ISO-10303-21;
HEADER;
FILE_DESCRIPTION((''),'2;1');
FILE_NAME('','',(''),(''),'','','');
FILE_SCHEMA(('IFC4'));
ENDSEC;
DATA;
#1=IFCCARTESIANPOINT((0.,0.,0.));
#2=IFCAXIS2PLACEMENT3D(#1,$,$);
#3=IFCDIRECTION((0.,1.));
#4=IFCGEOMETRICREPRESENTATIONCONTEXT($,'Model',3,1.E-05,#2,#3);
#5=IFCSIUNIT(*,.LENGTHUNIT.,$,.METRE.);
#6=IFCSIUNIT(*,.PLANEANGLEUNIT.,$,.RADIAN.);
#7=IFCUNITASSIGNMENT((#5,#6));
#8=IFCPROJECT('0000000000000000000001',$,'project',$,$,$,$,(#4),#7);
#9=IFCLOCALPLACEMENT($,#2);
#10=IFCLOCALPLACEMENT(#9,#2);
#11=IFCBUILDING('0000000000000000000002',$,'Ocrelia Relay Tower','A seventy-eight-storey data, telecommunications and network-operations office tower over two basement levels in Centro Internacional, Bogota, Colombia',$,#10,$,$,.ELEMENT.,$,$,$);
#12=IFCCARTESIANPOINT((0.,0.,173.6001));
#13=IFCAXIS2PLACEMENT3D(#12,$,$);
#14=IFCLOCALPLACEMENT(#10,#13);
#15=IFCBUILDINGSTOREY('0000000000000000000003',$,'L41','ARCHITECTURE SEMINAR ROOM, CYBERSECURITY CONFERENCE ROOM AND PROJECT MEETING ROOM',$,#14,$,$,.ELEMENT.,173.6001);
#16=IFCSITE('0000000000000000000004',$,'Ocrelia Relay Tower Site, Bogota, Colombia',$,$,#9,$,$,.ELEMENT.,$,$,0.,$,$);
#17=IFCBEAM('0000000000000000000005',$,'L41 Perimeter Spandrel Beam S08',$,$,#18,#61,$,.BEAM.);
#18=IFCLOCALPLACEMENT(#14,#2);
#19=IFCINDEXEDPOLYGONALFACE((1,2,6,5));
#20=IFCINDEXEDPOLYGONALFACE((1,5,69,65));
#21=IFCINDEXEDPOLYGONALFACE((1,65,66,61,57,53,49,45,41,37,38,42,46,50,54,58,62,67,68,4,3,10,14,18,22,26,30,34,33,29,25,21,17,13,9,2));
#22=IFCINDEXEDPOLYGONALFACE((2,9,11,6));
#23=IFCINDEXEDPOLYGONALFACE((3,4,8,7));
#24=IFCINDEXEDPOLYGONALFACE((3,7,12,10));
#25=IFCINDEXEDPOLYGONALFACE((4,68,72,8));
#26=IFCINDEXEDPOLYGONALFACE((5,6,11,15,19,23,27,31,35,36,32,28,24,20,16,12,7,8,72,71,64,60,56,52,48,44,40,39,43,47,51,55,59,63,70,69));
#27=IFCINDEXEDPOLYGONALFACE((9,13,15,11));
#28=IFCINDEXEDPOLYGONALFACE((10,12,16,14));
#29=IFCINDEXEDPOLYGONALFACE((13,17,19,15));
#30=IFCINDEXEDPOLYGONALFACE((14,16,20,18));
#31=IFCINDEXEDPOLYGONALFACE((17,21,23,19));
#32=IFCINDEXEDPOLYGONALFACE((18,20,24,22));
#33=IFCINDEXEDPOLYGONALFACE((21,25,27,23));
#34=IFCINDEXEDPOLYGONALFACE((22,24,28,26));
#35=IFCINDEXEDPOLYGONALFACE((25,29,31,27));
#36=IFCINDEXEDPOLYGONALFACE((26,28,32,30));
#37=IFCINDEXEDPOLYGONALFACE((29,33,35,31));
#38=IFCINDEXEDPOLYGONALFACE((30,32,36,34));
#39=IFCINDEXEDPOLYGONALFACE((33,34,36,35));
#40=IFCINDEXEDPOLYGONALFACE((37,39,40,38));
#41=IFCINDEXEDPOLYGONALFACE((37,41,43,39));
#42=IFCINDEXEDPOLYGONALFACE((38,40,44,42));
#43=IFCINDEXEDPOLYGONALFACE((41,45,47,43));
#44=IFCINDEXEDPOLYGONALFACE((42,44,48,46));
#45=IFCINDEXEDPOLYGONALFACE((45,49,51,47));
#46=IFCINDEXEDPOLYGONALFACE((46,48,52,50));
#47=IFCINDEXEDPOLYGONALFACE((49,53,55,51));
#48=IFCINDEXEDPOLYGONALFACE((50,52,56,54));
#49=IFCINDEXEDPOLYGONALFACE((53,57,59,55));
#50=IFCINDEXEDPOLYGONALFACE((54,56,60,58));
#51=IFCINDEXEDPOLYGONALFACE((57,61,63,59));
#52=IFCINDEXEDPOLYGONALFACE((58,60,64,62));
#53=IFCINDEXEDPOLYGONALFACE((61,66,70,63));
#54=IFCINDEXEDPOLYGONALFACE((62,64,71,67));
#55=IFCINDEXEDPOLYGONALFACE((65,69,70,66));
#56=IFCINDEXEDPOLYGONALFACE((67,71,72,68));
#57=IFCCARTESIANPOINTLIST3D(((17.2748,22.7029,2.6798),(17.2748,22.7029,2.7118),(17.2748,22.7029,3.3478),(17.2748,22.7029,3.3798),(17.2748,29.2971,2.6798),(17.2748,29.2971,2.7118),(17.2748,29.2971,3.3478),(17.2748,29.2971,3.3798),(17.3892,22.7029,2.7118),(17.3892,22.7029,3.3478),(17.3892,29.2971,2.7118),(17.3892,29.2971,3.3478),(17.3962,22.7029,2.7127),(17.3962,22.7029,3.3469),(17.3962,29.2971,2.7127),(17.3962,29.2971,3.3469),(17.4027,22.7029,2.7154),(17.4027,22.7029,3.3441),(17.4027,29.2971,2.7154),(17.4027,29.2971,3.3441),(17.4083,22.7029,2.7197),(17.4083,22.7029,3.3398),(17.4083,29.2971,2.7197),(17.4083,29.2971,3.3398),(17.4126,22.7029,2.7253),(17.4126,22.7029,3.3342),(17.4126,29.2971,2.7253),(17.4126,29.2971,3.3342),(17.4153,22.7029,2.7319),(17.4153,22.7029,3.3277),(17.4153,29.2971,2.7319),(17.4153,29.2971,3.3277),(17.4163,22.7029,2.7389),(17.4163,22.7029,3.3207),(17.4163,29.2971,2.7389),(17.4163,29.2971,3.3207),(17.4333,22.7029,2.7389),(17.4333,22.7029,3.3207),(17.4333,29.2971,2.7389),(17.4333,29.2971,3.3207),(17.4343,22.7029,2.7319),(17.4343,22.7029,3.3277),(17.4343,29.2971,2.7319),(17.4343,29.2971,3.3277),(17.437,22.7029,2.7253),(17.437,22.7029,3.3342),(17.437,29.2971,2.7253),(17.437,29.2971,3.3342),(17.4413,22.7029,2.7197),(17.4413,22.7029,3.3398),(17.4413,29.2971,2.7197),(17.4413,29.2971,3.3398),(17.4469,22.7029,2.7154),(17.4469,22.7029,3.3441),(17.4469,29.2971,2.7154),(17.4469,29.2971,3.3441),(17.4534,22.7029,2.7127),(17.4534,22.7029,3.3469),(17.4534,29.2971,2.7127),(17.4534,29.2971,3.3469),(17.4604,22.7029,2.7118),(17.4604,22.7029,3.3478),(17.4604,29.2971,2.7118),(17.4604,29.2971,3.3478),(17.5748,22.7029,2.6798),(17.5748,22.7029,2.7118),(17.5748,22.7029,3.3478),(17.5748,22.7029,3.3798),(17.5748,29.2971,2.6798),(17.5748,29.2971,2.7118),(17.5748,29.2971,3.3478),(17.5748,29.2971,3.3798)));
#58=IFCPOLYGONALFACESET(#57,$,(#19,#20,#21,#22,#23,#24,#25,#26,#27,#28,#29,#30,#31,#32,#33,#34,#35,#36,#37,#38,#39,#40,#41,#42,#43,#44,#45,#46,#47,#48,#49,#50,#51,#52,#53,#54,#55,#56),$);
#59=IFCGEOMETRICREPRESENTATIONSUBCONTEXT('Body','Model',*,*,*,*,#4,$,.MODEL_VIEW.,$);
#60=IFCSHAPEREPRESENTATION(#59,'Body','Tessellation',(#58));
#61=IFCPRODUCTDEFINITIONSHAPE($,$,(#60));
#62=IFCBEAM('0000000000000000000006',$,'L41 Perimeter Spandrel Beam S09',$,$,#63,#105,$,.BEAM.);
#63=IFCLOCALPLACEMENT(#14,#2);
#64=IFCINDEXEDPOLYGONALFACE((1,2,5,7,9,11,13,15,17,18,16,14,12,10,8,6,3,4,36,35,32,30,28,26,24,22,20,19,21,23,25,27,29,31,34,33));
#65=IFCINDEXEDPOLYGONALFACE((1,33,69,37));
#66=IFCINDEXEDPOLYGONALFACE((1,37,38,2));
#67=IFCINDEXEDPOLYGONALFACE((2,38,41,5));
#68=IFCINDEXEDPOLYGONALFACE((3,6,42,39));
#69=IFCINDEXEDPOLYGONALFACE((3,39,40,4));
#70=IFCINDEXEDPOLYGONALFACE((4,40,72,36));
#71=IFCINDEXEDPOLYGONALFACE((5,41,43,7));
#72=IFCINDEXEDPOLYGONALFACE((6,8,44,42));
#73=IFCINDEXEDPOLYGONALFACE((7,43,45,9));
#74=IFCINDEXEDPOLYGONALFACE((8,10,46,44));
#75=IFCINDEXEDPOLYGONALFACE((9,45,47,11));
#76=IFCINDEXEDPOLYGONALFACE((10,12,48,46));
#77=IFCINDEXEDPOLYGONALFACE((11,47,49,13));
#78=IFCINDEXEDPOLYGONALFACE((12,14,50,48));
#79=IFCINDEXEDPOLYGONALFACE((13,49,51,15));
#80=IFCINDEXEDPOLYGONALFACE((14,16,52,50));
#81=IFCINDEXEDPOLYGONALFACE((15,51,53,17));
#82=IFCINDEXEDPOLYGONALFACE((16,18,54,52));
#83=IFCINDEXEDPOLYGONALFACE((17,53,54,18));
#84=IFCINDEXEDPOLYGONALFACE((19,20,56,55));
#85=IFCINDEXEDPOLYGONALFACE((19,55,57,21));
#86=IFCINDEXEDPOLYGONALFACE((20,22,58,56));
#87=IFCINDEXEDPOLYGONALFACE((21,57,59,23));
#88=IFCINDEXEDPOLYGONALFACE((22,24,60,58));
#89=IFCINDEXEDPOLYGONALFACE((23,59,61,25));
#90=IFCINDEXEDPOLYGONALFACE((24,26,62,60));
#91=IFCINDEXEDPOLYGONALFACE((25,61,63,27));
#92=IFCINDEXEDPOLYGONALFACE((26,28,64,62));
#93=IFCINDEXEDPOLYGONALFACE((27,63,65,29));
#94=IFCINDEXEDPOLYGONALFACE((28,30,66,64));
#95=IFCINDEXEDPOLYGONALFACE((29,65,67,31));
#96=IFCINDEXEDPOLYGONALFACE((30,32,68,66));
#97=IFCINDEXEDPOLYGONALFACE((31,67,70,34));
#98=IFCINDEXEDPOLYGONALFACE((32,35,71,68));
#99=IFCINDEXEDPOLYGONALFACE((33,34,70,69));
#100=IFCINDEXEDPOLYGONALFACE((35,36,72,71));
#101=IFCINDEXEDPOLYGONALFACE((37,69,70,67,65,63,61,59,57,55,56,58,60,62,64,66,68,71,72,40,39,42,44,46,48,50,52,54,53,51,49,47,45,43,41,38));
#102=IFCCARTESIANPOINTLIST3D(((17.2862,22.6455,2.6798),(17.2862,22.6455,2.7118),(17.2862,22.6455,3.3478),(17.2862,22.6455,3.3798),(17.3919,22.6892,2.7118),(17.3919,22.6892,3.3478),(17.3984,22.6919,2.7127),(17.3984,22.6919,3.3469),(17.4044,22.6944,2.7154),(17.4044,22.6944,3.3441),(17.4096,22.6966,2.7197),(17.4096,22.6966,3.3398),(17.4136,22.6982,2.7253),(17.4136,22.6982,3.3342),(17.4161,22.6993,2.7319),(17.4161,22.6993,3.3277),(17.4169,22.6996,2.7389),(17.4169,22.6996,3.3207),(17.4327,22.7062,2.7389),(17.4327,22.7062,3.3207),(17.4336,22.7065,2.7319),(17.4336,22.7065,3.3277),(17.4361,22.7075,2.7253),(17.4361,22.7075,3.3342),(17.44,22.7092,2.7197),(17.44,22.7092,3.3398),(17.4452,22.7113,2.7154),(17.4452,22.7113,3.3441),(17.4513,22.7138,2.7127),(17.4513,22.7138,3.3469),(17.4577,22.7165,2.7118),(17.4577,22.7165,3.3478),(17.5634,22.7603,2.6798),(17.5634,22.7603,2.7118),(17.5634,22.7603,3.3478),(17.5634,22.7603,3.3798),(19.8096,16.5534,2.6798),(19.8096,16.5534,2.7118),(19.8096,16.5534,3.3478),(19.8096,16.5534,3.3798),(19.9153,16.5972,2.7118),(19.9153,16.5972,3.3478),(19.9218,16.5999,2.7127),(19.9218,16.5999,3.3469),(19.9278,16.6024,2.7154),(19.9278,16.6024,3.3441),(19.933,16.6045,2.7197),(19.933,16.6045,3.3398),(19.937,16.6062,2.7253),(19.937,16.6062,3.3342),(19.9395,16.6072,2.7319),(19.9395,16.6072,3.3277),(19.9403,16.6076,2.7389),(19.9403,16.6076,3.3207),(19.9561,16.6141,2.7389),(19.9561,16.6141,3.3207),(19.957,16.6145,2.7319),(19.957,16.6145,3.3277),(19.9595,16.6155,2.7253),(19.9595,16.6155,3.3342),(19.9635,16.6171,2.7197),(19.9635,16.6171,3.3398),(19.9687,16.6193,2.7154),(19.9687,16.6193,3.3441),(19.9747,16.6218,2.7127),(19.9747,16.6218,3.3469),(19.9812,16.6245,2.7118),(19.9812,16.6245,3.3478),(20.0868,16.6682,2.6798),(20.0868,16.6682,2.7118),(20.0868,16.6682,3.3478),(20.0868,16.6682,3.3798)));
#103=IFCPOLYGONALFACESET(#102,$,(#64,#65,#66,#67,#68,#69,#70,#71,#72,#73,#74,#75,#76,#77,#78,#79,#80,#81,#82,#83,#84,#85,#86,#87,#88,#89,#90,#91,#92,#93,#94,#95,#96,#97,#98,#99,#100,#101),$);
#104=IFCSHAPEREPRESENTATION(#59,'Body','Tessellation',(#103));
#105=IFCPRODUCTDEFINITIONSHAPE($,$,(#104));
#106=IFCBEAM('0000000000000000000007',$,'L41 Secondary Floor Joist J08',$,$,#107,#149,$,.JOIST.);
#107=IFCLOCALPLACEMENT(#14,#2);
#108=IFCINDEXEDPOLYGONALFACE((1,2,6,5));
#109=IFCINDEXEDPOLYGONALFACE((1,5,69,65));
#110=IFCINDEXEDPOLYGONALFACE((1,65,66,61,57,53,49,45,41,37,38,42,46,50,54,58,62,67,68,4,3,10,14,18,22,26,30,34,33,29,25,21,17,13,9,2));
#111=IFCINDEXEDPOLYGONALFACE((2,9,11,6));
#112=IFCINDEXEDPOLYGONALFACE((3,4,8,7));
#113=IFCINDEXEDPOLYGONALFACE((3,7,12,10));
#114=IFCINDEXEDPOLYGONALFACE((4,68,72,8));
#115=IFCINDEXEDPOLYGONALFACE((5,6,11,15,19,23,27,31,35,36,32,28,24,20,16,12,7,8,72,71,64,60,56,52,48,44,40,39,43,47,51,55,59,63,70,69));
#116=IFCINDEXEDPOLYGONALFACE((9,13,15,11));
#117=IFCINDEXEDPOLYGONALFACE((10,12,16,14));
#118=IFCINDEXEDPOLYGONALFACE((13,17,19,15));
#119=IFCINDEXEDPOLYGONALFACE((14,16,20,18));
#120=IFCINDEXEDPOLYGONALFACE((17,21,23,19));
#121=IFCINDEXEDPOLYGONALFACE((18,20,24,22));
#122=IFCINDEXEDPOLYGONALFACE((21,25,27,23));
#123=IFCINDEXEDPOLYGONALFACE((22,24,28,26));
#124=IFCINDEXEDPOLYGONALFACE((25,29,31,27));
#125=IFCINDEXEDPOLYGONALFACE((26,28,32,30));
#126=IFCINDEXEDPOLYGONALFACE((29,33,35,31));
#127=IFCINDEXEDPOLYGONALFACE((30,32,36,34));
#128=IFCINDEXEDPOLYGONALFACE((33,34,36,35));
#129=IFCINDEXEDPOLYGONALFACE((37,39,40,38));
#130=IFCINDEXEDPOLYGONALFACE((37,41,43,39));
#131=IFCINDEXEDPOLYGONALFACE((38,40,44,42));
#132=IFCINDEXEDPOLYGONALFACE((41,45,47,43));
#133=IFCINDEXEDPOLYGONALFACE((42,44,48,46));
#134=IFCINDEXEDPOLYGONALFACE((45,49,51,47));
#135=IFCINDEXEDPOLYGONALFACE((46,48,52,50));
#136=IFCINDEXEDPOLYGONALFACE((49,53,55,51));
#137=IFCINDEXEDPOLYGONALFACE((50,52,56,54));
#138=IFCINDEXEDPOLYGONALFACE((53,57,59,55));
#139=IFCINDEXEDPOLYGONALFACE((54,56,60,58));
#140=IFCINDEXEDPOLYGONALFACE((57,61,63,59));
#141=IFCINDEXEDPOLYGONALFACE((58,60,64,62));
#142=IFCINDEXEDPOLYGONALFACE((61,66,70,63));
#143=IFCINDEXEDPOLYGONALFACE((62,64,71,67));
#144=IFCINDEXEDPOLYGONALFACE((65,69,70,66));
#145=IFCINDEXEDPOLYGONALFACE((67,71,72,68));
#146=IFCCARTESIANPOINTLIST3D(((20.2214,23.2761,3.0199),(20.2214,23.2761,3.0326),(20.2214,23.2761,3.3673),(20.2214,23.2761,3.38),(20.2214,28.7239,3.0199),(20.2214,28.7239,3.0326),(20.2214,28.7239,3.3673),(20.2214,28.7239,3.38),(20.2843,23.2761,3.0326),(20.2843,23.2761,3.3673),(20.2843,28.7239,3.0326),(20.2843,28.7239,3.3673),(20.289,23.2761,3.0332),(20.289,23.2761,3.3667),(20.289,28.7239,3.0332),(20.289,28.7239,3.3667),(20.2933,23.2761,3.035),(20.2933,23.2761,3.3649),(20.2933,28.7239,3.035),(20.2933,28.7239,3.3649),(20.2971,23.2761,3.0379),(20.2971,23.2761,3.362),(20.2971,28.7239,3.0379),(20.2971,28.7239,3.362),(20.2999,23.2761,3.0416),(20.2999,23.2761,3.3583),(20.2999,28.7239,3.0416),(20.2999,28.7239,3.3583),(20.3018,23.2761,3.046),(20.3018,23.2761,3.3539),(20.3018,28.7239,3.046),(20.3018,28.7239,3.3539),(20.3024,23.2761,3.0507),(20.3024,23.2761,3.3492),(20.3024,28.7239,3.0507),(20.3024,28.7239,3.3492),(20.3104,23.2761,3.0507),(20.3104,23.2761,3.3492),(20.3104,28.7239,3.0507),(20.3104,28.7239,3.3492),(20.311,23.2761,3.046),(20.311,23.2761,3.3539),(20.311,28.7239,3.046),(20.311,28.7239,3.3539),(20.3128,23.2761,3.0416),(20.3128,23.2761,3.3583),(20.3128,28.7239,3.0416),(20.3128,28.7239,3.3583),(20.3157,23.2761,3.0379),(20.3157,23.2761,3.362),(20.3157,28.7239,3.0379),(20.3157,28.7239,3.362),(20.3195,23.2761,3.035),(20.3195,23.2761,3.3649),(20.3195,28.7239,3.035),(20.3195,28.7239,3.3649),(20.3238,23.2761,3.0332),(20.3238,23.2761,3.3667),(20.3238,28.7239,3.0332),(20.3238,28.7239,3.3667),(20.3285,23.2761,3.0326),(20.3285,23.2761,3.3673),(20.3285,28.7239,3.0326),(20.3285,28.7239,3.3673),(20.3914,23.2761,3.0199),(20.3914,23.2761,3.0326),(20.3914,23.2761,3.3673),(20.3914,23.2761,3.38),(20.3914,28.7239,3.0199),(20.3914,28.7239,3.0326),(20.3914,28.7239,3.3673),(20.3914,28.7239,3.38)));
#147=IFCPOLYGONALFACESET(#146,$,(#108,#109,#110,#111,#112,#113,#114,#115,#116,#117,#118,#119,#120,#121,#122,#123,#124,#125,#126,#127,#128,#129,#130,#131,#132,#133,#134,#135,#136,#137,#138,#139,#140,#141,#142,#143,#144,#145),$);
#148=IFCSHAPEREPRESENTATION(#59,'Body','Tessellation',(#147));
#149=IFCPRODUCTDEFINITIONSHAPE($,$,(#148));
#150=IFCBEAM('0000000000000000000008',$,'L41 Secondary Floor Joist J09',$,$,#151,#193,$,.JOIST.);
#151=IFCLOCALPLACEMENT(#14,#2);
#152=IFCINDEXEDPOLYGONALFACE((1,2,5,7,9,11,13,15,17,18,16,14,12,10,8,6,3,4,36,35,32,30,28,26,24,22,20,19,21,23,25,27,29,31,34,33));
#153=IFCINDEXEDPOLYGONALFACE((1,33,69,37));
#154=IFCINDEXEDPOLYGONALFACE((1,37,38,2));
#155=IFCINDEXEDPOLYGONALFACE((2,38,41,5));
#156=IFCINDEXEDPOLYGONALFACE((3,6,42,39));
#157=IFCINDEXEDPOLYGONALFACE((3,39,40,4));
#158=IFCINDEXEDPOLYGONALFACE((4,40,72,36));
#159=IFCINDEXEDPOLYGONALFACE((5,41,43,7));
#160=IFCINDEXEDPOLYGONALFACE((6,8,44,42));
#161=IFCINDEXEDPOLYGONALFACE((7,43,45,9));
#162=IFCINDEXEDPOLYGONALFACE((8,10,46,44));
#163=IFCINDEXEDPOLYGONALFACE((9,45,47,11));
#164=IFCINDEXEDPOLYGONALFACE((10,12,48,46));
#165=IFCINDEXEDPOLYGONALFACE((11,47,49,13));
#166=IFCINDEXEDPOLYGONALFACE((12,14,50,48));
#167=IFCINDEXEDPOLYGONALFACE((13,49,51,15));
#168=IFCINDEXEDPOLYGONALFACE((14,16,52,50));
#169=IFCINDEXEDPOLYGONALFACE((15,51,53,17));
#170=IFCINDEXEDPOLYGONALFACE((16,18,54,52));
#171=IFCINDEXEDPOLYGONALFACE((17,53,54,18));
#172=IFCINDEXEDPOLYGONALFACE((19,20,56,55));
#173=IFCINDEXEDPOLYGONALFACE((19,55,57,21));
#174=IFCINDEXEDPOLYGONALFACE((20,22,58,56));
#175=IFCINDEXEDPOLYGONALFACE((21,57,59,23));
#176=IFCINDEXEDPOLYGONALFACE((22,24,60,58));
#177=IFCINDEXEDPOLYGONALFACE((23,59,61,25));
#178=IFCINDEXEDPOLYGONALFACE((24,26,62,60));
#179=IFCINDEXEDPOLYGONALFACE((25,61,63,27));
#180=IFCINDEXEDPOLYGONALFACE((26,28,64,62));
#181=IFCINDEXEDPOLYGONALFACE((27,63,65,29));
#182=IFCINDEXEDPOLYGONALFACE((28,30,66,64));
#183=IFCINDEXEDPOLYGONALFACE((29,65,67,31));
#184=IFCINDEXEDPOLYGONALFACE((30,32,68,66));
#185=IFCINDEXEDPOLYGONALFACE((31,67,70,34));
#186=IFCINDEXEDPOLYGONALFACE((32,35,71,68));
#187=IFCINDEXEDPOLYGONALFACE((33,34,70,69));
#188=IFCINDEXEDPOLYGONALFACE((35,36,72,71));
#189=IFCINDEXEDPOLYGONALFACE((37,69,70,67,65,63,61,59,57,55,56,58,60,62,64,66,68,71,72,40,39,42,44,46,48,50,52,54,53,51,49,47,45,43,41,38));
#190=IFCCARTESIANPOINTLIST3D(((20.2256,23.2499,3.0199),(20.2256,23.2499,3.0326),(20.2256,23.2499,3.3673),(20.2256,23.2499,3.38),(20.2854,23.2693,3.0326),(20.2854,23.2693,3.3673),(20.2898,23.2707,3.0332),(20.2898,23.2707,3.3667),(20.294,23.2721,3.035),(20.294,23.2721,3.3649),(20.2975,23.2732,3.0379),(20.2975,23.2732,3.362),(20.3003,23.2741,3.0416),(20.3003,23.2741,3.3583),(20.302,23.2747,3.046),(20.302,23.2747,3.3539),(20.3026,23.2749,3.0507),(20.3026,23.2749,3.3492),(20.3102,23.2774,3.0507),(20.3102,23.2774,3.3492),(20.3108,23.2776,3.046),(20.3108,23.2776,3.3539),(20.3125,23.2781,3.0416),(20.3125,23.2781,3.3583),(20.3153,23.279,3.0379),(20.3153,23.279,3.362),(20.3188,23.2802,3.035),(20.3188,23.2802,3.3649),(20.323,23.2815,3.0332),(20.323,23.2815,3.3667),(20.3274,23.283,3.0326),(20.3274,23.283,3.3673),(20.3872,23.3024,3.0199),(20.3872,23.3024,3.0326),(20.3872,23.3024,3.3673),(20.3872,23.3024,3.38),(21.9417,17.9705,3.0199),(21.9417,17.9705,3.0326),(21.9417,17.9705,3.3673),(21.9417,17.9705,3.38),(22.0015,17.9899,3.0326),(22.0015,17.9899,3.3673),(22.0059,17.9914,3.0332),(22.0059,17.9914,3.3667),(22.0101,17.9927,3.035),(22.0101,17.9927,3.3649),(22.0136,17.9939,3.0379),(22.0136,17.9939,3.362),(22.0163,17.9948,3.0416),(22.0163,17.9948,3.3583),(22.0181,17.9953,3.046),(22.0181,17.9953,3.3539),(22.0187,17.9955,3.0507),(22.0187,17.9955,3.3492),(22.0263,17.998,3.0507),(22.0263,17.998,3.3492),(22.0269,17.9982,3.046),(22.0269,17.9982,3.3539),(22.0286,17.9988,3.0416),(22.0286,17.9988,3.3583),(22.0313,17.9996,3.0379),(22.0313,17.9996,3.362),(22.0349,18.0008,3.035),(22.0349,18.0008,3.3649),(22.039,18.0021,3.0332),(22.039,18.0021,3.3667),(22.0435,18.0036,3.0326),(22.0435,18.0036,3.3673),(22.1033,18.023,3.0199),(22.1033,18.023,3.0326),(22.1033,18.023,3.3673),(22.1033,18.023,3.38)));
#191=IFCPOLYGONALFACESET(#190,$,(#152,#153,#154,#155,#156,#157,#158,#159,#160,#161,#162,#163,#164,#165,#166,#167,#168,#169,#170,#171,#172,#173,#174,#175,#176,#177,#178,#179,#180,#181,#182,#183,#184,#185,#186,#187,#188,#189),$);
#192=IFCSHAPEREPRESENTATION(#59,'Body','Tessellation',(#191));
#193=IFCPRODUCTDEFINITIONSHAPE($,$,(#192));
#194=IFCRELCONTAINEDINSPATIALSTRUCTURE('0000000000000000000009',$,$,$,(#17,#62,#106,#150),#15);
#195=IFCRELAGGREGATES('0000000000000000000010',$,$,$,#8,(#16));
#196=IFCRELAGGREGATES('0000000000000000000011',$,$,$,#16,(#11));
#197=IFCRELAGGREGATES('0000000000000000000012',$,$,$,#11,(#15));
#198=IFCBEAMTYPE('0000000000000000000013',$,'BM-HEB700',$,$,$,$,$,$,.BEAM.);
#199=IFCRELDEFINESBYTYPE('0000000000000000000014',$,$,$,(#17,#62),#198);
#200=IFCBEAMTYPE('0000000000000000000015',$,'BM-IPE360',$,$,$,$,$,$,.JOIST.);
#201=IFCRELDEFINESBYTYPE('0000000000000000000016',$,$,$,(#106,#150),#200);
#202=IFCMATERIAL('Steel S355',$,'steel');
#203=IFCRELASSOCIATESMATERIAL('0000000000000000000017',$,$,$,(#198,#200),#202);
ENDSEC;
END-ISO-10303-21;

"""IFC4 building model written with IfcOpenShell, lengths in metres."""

from ifc_helpers import new_model, si_unit, direction, frame, origin, origin_2d, place, context, subcontext, project, spatial, i_section, extrude, material, material_profile, profile_set, type_object, element, save


model = new_model("IFC4")

# Units and contexts
model_context = context("Model", 3, precision=1e-05, world=origin(), true_north=direction((0.0, 1.0)))
body_context = subcontext(model_context, "Body", "Model", "MODEL_VIEW")
ifc_project = project(units=[si_unit("LENGTHUNIT", "METRE"), si_unit("PLANEANGLEUNIT", "RADIAN")], contexts=[model_context])

# Site, building, storey
site_placement = place(None, origin())
site = spatial("IfcSite", under=ifc_project, at=site_placement, Name="Ocrelia Relay Tower Site, Bogota, Colombia", CompositionType="ELEMENT", RefElevation=0.0)
building_placement = place(site_placement, origin())
building = spatial("IfcBuilding", under=site, at=building_placement, Name="Ocrelia Relay Tower", Description="A seventy-eight-storey data, telecommunications and network-operations office tower over two basement levels in Centro Internacional, Bogota, Colombia", CompositionType="ELEMENT")
storey_placement = place(building_placement, frame((0.0, 0.0, 173.6001)))
storey = spatial("IfcBuildingStorey", under=building, at=storey_placement, Name="L41", Description="ARCHITECTURE SEMINAR ROOM, CYBERSECURITY CONFERENCE ROOM AND PROJECT MEETING ROOM", CompositionType="ELEMENT", Elevation=173.6001)

# Beams
ifc_material_1 = material(Name="Steel S355", Category="steel")
ifc_material_profile_1 = material_profile(ifc_material_1, i_section(OverallWidth=0.3, OverallDepth=0.7, WebThickness=0.0171, FlangeThickness=0.032, FilletRadius=0.0271, at=origin_2d()), Name="HEB 700")
ifc_profile_set_1 = profile_set([ifc_material_profile_1], Name="Steel S355")
beam_type_1 = type_object("IfcBeamType", Name="BM-HEB700", PredefinedType="BEAM", material=ifc_profile_set_1)
beam_1_placement = place(storey_placement, frame((17.4248, 29.2971, 3.0298), z_axis=(0.0, -1.0, 0.0), x_axis=(1.0, 0.0, 0.0)))
element("IfcBeam", 1, at=beam_1_placement, inside=storey, type_object=beam_type_1, Name="L41 Perimeter Spandrel Beam S08", PredefinedType="BEAM", context=body_context, shape_type="SweptSolid", body=[
    extrude(i_section(OverallWidth=0.3, OverallDepth=0.7, WebThickness=0.0171, FlangeThickness=0.032, FilletRadius=0.0271, at=origin_2d()), origin(), (0.0, 0.0, 1.0), 6.5942),
])
beam_2_placement = place(storey_placement, frame((17.4248, 22.7029, 3.0298), z_axis=(0.382688, -0.923878, 0.0), x_axis=(0.923878, 0.382688, 0.0)))
element("IfcBeam", 2, at=beam_2_placement, inside=storey, type_object=beam_type_1, Name="L41 Perimeter Spandrel Beam S09", PredefinedType="BEAM", context=body_context, shape_type="SweptSolid", body=[
    extrude(i_section(OverallWidth=0.3, OverallDepth=0.7, WebThickness=0.0171, FlangeThickness=0.032, FilletRadius=0.0271, at=origin_2d()), origin(), (0.0, 0.0, 1.0), 6.594),
])
ifc_material_profile_2 = material_profile(ifc_material_1, i_section(OverallWidth=0.1699, OverallDepth=0.3601, WebThickness=0.0081, FlangeThickness=0.0127, FilletRadius=0.0181, at=origin_2d()), Name="IPE 360")
ifc_profile_set_2 = profile_set([ifc_material_profile_2], Name="Steel S355")
beam_type_2 = type_object("IfcBeamType", Name="BM-IPE360", PredefinedType="JOIST", material=ifc_profile_set_2)
beam_3_placement = place(storey_placement, frame((20.3064, 28.7239, 3.2), z_axis=(0.0, -1.0, 0.0), x_axis=(1.0, 0.0, 0.0)))
element("IfcBeam", 3, at=beam_3_placement, inside=storey, type_object=beam_type_2, Name="L41 Secondary Floor Joist J08", PredefinedType="JOIST", context=body_context, shape_type="SweptSolid", body=[
    extrude(i_section(OverallWidth=0.1699, OverallDepth=0.3601, WebThickness=0.0081, FlangeThickness=0.0127, FilletRadius=0.0181, at=origin_2d()), origin(), (0.0, 0.0, 1.0), 5.4478),
])
beam_4_placement = place(storey_placement, frame((20.3064, 23.2761, 3.2), z_axis=(0.309134, -0.951019, 0.0), x_axis=(0.951019, 0.309134, 0.0)))
element("IfcBeam", 4, at=beam_4_placement, inside=storey, type_object=beam_type_2, Name="L41 Secondary Floor Joist J09", PredefinedType="JOIST", context=body_context, shape_type="SweptSolid", body=[
    extrude(i_section(OverallWidth=0.1699, OverallDepth=0.3601, WebThickness=0.0081, FlangeThickness=0.0127, FilletRadius=0.0181, at=origin_2d()), origin(), (0.0, 0.0, 1.0), 5.5513),
])

save(model, "model.ifc")
